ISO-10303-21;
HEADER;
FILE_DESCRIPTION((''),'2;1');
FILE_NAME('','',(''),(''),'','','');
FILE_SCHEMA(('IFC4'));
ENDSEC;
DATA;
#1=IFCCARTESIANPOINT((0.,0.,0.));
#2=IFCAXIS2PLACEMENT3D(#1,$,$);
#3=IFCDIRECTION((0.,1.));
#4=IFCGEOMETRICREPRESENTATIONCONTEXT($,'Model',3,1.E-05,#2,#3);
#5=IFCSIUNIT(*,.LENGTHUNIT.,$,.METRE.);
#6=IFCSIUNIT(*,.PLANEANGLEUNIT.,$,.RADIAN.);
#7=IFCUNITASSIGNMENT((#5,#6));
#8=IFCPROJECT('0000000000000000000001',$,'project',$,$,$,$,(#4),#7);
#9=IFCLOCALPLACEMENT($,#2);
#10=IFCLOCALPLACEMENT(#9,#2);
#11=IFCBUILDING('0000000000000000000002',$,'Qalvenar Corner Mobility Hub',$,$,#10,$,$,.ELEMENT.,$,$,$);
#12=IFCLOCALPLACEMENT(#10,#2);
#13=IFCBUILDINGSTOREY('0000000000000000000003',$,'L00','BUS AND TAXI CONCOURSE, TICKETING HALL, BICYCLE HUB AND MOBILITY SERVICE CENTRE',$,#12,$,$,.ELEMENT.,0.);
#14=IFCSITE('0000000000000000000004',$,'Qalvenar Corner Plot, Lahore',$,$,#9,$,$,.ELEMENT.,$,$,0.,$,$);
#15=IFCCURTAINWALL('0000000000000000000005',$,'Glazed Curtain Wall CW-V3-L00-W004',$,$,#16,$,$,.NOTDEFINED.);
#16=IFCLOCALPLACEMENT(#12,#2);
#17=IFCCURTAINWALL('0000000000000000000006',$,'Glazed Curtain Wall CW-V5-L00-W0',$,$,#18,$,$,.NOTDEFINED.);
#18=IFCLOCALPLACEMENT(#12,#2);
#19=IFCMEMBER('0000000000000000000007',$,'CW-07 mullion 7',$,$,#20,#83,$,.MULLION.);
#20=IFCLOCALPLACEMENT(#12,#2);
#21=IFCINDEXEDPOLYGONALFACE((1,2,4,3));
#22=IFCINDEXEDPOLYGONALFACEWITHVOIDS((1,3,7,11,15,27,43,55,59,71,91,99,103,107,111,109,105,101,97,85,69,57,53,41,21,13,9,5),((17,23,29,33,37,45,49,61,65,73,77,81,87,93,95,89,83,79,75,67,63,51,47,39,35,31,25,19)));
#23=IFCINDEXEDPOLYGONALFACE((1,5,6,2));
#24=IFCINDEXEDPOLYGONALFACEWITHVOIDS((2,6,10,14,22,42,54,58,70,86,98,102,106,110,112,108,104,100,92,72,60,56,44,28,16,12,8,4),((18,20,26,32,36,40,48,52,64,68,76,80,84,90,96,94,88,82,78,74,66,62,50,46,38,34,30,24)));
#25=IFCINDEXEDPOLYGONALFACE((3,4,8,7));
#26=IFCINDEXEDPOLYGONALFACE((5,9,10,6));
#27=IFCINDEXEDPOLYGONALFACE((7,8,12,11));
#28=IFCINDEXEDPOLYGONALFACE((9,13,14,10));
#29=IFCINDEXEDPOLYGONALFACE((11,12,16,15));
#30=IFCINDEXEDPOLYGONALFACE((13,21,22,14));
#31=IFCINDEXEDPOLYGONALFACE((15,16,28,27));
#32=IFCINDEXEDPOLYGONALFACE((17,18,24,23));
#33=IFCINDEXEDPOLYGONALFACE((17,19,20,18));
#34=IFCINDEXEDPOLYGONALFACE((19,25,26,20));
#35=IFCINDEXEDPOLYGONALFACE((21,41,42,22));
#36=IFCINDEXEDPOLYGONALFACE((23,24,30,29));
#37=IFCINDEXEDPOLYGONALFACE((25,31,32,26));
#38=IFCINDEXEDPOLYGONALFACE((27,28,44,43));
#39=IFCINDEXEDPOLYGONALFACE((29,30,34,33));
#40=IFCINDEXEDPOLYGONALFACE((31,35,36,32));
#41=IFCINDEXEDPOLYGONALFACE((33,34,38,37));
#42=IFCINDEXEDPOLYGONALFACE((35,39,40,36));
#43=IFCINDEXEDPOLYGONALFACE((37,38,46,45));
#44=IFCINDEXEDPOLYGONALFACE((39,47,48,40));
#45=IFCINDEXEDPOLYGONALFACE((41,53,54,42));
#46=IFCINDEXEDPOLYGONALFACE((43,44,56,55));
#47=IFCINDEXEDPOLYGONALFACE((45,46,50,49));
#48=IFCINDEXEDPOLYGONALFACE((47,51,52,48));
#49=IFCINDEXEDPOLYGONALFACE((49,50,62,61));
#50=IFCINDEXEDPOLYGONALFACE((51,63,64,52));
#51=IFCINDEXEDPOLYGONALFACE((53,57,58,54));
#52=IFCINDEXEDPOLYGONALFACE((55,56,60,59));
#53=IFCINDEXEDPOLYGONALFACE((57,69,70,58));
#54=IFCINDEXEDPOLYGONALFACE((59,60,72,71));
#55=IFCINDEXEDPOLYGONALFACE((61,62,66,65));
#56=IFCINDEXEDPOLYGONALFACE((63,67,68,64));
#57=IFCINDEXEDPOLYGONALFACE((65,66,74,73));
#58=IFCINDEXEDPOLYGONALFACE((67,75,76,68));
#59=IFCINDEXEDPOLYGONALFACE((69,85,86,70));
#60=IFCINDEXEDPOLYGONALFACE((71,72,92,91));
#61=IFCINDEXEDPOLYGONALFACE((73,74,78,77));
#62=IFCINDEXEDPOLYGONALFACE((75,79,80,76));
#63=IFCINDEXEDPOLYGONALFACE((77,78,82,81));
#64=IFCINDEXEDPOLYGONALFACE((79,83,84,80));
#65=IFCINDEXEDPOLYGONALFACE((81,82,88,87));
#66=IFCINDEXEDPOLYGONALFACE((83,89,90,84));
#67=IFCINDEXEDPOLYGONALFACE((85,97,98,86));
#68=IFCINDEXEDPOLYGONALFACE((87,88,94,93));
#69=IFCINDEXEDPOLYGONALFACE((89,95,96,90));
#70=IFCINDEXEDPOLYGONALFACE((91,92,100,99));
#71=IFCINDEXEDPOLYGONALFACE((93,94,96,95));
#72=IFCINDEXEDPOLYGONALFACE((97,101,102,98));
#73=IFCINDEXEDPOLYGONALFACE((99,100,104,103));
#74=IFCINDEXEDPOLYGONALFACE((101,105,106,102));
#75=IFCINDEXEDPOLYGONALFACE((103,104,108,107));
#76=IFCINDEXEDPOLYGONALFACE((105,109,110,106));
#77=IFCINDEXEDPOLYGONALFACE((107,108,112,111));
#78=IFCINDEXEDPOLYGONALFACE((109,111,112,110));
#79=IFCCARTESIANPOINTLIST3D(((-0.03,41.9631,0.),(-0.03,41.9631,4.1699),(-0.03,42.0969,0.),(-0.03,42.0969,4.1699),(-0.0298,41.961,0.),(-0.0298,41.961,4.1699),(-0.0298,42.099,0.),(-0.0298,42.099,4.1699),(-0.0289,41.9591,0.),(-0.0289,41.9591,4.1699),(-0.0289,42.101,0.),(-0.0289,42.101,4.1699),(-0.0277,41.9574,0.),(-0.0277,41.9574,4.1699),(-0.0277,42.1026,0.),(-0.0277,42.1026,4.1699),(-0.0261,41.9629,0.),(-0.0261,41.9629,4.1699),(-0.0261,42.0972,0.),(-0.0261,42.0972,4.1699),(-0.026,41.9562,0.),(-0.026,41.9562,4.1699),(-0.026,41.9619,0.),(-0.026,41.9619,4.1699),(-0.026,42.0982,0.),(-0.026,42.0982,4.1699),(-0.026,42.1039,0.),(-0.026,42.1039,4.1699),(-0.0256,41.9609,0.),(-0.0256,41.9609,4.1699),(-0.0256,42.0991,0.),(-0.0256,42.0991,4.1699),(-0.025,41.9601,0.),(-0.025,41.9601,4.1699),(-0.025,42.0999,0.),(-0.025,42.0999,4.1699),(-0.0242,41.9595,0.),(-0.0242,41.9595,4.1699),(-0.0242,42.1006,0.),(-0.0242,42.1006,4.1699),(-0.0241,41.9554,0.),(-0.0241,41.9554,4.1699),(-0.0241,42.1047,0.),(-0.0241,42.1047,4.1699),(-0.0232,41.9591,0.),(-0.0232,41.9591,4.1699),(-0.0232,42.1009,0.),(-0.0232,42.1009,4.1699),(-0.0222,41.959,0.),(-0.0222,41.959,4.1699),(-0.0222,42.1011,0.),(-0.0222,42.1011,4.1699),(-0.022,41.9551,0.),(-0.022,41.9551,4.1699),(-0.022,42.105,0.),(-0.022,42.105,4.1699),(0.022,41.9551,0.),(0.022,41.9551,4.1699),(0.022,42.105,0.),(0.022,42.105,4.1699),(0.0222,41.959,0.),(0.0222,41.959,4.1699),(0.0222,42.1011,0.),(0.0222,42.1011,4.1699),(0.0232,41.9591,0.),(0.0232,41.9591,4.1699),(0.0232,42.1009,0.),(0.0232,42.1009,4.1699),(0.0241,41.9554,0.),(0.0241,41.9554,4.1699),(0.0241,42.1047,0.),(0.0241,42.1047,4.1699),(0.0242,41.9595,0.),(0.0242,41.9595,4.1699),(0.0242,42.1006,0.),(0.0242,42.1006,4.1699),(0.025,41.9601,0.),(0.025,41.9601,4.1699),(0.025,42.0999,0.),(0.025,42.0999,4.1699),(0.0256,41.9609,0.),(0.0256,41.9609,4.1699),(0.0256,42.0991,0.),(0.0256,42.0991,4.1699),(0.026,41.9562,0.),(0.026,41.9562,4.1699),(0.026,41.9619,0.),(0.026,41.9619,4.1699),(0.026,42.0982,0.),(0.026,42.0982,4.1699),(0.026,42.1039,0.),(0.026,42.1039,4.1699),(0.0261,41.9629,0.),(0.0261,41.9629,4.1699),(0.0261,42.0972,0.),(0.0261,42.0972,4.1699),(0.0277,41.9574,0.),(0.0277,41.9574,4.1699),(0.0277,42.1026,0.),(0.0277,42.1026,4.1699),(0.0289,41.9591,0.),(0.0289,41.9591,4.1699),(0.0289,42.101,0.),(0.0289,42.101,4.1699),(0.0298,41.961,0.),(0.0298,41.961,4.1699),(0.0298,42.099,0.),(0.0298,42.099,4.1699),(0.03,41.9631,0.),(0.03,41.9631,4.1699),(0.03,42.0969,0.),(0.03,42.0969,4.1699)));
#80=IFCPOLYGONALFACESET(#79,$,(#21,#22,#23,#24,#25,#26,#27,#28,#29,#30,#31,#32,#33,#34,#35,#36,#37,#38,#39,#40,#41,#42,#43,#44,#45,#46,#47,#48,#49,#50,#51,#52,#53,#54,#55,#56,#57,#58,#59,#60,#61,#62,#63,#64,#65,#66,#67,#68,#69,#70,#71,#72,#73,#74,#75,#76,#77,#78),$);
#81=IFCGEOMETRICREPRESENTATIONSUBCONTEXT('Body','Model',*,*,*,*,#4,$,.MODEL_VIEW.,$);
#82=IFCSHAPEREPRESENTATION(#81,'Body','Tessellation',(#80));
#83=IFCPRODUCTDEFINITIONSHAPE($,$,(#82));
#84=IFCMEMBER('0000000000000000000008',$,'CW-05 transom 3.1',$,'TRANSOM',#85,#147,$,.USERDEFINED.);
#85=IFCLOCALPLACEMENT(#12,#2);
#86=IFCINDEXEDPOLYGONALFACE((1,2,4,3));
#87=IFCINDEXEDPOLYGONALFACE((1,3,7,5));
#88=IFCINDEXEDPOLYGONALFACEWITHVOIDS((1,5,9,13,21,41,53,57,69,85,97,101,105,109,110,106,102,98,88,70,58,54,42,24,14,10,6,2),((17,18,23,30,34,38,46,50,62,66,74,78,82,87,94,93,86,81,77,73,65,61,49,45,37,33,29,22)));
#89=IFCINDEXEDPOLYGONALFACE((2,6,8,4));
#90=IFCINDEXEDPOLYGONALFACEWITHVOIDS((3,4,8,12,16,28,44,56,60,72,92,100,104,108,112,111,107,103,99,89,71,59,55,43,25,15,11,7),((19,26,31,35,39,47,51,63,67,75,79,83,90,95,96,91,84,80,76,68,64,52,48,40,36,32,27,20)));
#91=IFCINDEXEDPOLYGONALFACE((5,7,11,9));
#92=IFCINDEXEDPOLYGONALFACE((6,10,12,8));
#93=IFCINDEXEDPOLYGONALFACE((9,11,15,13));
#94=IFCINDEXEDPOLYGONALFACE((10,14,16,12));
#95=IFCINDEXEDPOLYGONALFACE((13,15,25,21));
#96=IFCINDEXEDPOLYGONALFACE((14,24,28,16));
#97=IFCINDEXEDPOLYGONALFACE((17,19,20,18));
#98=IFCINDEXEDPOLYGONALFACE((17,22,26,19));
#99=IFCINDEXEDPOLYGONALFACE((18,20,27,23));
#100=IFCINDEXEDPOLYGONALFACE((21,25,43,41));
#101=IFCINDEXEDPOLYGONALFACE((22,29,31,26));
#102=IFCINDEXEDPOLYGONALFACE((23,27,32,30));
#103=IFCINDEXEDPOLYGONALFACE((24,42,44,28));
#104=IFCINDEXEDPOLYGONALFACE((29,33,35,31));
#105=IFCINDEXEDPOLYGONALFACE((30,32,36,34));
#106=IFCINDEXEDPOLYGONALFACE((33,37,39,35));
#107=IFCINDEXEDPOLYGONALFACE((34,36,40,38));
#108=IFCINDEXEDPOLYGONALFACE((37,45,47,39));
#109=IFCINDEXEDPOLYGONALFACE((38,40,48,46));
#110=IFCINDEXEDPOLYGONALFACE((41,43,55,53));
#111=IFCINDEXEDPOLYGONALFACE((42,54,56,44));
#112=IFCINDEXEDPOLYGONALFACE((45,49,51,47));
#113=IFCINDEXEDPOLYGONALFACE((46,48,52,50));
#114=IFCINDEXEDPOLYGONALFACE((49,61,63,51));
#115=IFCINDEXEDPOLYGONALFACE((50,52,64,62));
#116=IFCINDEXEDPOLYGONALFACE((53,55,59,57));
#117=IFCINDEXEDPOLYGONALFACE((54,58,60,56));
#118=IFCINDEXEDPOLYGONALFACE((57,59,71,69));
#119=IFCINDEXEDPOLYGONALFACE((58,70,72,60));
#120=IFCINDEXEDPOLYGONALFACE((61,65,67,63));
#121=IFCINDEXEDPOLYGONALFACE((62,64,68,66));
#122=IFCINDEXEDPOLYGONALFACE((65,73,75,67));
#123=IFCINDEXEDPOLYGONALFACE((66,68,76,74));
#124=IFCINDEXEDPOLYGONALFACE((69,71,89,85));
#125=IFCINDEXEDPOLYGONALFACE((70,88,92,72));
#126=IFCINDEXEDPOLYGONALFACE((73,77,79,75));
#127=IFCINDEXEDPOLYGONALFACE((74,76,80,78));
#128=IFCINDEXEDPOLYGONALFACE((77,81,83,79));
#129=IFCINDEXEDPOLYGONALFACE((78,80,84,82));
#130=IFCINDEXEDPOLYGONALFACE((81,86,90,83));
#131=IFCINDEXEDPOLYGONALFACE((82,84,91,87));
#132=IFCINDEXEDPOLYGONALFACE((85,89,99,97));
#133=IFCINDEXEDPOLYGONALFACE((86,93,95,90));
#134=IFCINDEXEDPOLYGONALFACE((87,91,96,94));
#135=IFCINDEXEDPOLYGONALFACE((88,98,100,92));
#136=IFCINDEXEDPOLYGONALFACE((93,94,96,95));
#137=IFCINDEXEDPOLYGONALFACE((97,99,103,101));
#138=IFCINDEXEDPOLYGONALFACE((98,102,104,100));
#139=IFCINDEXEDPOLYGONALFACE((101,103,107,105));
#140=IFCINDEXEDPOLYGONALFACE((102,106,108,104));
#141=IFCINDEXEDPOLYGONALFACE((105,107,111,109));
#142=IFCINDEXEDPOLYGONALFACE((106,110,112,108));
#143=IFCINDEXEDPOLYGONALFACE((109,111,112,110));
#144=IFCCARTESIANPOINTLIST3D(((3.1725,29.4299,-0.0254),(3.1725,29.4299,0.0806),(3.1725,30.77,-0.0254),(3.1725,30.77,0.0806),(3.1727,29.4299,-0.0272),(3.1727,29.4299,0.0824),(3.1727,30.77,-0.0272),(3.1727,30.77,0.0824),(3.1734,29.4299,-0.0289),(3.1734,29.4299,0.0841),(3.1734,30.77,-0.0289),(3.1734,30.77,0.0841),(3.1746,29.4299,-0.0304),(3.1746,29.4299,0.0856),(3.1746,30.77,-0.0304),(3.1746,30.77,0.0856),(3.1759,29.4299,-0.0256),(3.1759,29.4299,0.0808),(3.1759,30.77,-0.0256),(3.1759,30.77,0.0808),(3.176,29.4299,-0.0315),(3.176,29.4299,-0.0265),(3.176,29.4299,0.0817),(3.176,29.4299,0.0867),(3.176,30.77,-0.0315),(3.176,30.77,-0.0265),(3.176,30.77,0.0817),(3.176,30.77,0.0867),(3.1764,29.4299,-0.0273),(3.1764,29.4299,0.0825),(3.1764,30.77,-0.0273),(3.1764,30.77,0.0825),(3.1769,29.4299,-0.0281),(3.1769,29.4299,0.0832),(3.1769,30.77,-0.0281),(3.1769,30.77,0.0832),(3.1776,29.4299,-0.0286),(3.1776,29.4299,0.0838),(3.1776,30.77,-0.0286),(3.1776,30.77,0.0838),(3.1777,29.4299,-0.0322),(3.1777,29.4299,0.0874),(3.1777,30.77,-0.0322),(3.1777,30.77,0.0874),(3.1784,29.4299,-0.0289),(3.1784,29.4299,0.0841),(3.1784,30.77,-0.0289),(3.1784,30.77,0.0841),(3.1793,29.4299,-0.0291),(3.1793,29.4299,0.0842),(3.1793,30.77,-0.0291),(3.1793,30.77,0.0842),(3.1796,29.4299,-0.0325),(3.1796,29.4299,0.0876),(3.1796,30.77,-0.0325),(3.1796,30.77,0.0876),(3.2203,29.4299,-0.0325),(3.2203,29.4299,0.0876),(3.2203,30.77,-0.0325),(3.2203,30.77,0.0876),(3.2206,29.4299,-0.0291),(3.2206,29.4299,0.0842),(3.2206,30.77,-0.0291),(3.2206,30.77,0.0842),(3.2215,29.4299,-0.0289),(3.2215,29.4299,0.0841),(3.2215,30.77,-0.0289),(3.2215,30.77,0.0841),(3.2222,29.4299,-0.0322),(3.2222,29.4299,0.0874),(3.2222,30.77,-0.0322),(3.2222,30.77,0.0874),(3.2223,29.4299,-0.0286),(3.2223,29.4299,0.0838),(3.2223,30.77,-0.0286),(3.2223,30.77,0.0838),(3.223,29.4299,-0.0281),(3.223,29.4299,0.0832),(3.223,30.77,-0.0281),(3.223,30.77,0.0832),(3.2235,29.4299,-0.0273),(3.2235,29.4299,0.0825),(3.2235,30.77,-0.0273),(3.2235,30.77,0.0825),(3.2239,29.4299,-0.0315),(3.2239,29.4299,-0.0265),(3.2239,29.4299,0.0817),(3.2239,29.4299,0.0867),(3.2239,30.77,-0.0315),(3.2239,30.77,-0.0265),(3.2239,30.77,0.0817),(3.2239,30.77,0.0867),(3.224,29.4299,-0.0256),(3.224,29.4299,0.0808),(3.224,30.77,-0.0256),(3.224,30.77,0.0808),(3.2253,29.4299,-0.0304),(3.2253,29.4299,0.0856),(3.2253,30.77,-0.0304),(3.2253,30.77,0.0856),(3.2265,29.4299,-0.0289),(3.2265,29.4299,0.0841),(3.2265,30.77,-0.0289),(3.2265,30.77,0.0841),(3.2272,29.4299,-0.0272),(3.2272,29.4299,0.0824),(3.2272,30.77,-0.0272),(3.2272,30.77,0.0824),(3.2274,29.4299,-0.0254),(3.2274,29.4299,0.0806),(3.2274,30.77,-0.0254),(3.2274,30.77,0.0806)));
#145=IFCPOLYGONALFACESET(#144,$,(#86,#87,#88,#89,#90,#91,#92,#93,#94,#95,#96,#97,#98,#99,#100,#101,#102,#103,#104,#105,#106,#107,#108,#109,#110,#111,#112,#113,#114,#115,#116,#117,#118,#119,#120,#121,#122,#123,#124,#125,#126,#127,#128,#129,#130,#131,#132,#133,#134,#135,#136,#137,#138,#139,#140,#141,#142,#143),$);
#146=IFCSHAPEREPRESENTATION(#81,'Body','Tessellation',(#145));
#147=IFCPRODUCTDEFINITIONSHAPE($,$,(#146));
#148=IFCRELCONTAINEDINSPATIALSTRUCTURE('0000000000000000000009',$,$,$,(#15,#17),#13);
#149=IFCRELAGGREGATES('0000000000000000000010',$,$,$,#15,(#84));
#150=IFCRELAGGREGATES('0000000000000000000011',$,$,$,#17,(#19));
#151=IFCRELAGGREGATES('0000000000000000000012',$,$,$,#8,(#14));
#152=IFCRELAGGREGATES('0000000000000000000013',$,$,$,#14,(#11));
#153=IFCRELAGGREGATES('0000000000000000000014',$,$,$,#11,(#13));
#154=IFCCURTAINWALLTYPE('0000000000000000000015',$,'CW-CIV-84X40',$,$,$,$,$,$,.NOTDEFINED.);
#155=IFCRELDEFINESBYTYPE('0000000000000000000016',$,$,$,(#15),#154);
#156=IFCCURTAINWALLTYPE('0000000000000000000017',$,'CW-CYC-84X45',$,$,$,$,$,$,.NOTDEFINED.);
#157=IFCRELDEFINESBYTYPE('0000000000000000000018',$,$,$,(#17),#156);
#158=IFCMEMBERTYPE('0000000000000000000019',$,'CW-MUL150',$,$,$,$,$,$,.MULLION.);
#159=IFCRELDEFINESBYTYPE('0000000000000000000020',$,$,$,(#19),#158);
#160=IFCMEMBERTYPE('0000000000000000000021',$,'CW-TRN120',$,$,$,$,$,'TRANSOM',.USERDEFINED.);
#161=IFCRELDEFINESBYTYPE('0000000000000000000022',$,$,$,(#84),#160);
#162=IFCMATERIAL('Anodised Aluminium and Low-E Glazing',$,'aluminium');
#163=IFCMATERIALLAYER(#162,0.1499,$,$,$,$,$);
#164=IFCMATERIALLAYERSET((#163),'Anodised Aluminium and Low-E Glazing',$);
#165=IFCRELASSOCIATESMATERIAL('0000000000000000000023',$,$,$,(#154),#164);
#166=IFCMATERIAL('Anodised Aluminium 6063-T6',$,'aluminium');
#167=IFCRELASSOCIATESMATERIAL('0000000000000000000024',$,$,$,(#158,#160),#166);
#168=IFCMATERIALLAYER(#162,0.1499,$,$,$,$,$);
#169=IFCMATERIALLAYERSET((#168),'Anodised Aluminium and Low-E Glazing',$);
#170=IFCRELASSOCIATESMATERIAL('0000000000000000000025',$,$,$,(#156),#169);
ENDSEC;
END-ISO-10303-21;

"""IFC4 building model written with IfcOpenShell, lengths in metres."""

from ifc_helpers import new_model, si_unit, direction, frame, origin, origin_2d, place, context, subcontext, project, spatial, hollow_rectangle, extrude, material, layer, layer_set, material_profile, profile_set, type_object, element, aggregate, save


model = new_model("IFC4")

# Units and contexts
model_context = context("Model", 3, precision=1e-05, world=origin(), true_north=direction((0.0, 1.0)))
body_context = subcontext(model_context, "Body", "Model", "MODEL_VIEW")
ifc_project = project(units=[si_unit("LENGTHUNIT", "METRE"), si_unit("PLANEANGLEUNIT", "RADIAN")], contexts=[model_context])

# Site, building, storey
site_placement = place(None, origin())
site = spatial("IfcSite", under=ifc_project, at=site_placement, Name="Qalvenar Corner Plot, Lahore", CompositionType="ELEMENT", RefElevation=0.0)
building_placement = place(site_placement, origin())
building = spatial("IfcBuilding", under=site, at=building_placement, Name="Qalvenar Corner Mobility Hub", CompositionType="ELEMENT")
storey_placement = place(building_placement, origin())
storey = spatial("IfcBuildingStorey", under=building, at=storey_placement, Name="L00", Description="BUS AND TAXI CONCOURSE, TICKETING HALL, BICYCLE HUB AND MOBILITY SERVICE CENTRE", CompositionType="ELEMENT", Elevation=0.0)

# Curtain walls, member
ifc_material_1 = material(Name="Anodised Aluminium and Low-E Glazing", Category="aluminium")
ifc_layer_1 = layer(ifc_material_1, 0.1499)
ifc_layer_set_1 = layer_set([ifc_layer_1], Name="Anodised Aluminium and Low-E Glazing")
curtain_wall_type_1 = type_object("IfcCurtainWallType", Name="CW-CIV-84X40", PredefinedType="NOTDEFINED", material=ifc_layer_set_1)
curtain_wall_1_placement = place(storey_placement, origin())
curtain_wall_1 = element("IfcCurtainWall", 1, at=curtain_wall_1_placement, inside=storey, type_object=curtain_wall_type_1, Name="Glazed Curtain Wall CW-V3-L00-W004", PredefinedType="NOTDEFINED")
ifc_material_2 = material(Name="Anodised Aluminium 6063-T6", Category="aluminium")
ifc_material_profile_1 = material_profile(ifc_material_2, hollow_rectangle(XDim=0.0601, YDim=0.1499, WallThickness=0.0039, InnerFilletRadius=0.0039, OuterFilletRadius=0.0081, at=origin_2d()), Name="RHS150x60x4")
ifc_profile_set_1 = profile_set([ifc_material_profile_1], Name="Anodised Aluminium 6063-T6")
member_type_1 = type_object("IfcMemberType", Name="CW-MUL150", PredefinedType="MULLION", material=ifc_profile_set_1)
ifc_layer_2 = layer(ifc_material_1, 0.1499)
ifc_layer_set_2 = layer_set([ifc_layer_2], Name="Anodised Aluminium and Low-E Glazing")
curtain_wall_type_2 = type_object("IfcCurtainWallType", Name="CW-CYC-84X45", PredefinedType="NOTDEFINED", material=ifc_layer_set_2)
curtain_wall_2_placement = place(storey_placement, origin())
curtain_wall_2 = element("IfcCurtainWall", 2, at=curtain_wall_2_placement, inside=storey, type_object=curtain_wall_type_2, Name="Glazed Curtain Wall CW-V5-L00-W0", PredefinedType="NOTDEFINED")
member_1_placement = place(storey_placement, frame((0.0, 42.03, 0.0), z_axis=(0.0, 0.0, 1.0), x_axis=(1.0, 0.0, 0.0)))
member_1 = element("IfcMember", 3, at=member_1_placement, type_object=member_type_1, Name="CW-07 mullion 7", PredefinedType="MULLION", context=body_context, shape_type="SweptSolid", body=[
    extrude(hollow_rectangle(XDim=0.0601, YDim=0.1499, WallThickness=0.0039, InnerFilletRadius=0.0039, OuterFilletRadius=0.0081, at=origin_2d()), origin(), (0.0, 0.0, 1.0), 4.1699),
])

# Member
ifc_material_profile_2 = material_profile(ifc_material_2, hollow_rectangle(XDim=0.0549, YDim=0.1201, WallThickness=0.0034, InnerFilletRadius=0.0034, OuterFilletRadius=0.0071, at=origin_2d()), Name="RHS120x55x3.5")
ifc_profile_set_2 = profile_set([ifc_material_profile_2], Name="Anodised Aluminium 6063-T6")
member_type_2 = type_object("IfcMemberType", Name="CW-TRN120", ElementType="TRANSOM", PredefinedType="USERDEFINED", material=ifc_profile_set_2)
member_2_placement = place(storey_placement, frame((3.2, 30.77, 0.0276), z_axis=(0.0, -1.0, 0.0), x_axis=(1.0, 0.0, 0.0)))
member_2 = element("IfcMember", 4, at=member_2_placement, type_object=member_type_2, Name="CW-05 transom 3.1", ObjectType="TRANSOM", PredefinedType="USERDEFINED", context=body_context, shape_type="SweptSolid", body=[
    extrude(hollow_rectangle(XDim=0.0549, YDim=0.1201, WallThickness=0.0034, InnerFilletRadius=0.0034, OuterFilletRadius=0.0071, at=origin_2d()), origin(), (0.0, 0.0, 1.0), 1.3401),
])

aggregate(curtain_wall_1, [member_2])
aggregate(curtain_wall_2, [member_1])

save(model, "model.ifc")
